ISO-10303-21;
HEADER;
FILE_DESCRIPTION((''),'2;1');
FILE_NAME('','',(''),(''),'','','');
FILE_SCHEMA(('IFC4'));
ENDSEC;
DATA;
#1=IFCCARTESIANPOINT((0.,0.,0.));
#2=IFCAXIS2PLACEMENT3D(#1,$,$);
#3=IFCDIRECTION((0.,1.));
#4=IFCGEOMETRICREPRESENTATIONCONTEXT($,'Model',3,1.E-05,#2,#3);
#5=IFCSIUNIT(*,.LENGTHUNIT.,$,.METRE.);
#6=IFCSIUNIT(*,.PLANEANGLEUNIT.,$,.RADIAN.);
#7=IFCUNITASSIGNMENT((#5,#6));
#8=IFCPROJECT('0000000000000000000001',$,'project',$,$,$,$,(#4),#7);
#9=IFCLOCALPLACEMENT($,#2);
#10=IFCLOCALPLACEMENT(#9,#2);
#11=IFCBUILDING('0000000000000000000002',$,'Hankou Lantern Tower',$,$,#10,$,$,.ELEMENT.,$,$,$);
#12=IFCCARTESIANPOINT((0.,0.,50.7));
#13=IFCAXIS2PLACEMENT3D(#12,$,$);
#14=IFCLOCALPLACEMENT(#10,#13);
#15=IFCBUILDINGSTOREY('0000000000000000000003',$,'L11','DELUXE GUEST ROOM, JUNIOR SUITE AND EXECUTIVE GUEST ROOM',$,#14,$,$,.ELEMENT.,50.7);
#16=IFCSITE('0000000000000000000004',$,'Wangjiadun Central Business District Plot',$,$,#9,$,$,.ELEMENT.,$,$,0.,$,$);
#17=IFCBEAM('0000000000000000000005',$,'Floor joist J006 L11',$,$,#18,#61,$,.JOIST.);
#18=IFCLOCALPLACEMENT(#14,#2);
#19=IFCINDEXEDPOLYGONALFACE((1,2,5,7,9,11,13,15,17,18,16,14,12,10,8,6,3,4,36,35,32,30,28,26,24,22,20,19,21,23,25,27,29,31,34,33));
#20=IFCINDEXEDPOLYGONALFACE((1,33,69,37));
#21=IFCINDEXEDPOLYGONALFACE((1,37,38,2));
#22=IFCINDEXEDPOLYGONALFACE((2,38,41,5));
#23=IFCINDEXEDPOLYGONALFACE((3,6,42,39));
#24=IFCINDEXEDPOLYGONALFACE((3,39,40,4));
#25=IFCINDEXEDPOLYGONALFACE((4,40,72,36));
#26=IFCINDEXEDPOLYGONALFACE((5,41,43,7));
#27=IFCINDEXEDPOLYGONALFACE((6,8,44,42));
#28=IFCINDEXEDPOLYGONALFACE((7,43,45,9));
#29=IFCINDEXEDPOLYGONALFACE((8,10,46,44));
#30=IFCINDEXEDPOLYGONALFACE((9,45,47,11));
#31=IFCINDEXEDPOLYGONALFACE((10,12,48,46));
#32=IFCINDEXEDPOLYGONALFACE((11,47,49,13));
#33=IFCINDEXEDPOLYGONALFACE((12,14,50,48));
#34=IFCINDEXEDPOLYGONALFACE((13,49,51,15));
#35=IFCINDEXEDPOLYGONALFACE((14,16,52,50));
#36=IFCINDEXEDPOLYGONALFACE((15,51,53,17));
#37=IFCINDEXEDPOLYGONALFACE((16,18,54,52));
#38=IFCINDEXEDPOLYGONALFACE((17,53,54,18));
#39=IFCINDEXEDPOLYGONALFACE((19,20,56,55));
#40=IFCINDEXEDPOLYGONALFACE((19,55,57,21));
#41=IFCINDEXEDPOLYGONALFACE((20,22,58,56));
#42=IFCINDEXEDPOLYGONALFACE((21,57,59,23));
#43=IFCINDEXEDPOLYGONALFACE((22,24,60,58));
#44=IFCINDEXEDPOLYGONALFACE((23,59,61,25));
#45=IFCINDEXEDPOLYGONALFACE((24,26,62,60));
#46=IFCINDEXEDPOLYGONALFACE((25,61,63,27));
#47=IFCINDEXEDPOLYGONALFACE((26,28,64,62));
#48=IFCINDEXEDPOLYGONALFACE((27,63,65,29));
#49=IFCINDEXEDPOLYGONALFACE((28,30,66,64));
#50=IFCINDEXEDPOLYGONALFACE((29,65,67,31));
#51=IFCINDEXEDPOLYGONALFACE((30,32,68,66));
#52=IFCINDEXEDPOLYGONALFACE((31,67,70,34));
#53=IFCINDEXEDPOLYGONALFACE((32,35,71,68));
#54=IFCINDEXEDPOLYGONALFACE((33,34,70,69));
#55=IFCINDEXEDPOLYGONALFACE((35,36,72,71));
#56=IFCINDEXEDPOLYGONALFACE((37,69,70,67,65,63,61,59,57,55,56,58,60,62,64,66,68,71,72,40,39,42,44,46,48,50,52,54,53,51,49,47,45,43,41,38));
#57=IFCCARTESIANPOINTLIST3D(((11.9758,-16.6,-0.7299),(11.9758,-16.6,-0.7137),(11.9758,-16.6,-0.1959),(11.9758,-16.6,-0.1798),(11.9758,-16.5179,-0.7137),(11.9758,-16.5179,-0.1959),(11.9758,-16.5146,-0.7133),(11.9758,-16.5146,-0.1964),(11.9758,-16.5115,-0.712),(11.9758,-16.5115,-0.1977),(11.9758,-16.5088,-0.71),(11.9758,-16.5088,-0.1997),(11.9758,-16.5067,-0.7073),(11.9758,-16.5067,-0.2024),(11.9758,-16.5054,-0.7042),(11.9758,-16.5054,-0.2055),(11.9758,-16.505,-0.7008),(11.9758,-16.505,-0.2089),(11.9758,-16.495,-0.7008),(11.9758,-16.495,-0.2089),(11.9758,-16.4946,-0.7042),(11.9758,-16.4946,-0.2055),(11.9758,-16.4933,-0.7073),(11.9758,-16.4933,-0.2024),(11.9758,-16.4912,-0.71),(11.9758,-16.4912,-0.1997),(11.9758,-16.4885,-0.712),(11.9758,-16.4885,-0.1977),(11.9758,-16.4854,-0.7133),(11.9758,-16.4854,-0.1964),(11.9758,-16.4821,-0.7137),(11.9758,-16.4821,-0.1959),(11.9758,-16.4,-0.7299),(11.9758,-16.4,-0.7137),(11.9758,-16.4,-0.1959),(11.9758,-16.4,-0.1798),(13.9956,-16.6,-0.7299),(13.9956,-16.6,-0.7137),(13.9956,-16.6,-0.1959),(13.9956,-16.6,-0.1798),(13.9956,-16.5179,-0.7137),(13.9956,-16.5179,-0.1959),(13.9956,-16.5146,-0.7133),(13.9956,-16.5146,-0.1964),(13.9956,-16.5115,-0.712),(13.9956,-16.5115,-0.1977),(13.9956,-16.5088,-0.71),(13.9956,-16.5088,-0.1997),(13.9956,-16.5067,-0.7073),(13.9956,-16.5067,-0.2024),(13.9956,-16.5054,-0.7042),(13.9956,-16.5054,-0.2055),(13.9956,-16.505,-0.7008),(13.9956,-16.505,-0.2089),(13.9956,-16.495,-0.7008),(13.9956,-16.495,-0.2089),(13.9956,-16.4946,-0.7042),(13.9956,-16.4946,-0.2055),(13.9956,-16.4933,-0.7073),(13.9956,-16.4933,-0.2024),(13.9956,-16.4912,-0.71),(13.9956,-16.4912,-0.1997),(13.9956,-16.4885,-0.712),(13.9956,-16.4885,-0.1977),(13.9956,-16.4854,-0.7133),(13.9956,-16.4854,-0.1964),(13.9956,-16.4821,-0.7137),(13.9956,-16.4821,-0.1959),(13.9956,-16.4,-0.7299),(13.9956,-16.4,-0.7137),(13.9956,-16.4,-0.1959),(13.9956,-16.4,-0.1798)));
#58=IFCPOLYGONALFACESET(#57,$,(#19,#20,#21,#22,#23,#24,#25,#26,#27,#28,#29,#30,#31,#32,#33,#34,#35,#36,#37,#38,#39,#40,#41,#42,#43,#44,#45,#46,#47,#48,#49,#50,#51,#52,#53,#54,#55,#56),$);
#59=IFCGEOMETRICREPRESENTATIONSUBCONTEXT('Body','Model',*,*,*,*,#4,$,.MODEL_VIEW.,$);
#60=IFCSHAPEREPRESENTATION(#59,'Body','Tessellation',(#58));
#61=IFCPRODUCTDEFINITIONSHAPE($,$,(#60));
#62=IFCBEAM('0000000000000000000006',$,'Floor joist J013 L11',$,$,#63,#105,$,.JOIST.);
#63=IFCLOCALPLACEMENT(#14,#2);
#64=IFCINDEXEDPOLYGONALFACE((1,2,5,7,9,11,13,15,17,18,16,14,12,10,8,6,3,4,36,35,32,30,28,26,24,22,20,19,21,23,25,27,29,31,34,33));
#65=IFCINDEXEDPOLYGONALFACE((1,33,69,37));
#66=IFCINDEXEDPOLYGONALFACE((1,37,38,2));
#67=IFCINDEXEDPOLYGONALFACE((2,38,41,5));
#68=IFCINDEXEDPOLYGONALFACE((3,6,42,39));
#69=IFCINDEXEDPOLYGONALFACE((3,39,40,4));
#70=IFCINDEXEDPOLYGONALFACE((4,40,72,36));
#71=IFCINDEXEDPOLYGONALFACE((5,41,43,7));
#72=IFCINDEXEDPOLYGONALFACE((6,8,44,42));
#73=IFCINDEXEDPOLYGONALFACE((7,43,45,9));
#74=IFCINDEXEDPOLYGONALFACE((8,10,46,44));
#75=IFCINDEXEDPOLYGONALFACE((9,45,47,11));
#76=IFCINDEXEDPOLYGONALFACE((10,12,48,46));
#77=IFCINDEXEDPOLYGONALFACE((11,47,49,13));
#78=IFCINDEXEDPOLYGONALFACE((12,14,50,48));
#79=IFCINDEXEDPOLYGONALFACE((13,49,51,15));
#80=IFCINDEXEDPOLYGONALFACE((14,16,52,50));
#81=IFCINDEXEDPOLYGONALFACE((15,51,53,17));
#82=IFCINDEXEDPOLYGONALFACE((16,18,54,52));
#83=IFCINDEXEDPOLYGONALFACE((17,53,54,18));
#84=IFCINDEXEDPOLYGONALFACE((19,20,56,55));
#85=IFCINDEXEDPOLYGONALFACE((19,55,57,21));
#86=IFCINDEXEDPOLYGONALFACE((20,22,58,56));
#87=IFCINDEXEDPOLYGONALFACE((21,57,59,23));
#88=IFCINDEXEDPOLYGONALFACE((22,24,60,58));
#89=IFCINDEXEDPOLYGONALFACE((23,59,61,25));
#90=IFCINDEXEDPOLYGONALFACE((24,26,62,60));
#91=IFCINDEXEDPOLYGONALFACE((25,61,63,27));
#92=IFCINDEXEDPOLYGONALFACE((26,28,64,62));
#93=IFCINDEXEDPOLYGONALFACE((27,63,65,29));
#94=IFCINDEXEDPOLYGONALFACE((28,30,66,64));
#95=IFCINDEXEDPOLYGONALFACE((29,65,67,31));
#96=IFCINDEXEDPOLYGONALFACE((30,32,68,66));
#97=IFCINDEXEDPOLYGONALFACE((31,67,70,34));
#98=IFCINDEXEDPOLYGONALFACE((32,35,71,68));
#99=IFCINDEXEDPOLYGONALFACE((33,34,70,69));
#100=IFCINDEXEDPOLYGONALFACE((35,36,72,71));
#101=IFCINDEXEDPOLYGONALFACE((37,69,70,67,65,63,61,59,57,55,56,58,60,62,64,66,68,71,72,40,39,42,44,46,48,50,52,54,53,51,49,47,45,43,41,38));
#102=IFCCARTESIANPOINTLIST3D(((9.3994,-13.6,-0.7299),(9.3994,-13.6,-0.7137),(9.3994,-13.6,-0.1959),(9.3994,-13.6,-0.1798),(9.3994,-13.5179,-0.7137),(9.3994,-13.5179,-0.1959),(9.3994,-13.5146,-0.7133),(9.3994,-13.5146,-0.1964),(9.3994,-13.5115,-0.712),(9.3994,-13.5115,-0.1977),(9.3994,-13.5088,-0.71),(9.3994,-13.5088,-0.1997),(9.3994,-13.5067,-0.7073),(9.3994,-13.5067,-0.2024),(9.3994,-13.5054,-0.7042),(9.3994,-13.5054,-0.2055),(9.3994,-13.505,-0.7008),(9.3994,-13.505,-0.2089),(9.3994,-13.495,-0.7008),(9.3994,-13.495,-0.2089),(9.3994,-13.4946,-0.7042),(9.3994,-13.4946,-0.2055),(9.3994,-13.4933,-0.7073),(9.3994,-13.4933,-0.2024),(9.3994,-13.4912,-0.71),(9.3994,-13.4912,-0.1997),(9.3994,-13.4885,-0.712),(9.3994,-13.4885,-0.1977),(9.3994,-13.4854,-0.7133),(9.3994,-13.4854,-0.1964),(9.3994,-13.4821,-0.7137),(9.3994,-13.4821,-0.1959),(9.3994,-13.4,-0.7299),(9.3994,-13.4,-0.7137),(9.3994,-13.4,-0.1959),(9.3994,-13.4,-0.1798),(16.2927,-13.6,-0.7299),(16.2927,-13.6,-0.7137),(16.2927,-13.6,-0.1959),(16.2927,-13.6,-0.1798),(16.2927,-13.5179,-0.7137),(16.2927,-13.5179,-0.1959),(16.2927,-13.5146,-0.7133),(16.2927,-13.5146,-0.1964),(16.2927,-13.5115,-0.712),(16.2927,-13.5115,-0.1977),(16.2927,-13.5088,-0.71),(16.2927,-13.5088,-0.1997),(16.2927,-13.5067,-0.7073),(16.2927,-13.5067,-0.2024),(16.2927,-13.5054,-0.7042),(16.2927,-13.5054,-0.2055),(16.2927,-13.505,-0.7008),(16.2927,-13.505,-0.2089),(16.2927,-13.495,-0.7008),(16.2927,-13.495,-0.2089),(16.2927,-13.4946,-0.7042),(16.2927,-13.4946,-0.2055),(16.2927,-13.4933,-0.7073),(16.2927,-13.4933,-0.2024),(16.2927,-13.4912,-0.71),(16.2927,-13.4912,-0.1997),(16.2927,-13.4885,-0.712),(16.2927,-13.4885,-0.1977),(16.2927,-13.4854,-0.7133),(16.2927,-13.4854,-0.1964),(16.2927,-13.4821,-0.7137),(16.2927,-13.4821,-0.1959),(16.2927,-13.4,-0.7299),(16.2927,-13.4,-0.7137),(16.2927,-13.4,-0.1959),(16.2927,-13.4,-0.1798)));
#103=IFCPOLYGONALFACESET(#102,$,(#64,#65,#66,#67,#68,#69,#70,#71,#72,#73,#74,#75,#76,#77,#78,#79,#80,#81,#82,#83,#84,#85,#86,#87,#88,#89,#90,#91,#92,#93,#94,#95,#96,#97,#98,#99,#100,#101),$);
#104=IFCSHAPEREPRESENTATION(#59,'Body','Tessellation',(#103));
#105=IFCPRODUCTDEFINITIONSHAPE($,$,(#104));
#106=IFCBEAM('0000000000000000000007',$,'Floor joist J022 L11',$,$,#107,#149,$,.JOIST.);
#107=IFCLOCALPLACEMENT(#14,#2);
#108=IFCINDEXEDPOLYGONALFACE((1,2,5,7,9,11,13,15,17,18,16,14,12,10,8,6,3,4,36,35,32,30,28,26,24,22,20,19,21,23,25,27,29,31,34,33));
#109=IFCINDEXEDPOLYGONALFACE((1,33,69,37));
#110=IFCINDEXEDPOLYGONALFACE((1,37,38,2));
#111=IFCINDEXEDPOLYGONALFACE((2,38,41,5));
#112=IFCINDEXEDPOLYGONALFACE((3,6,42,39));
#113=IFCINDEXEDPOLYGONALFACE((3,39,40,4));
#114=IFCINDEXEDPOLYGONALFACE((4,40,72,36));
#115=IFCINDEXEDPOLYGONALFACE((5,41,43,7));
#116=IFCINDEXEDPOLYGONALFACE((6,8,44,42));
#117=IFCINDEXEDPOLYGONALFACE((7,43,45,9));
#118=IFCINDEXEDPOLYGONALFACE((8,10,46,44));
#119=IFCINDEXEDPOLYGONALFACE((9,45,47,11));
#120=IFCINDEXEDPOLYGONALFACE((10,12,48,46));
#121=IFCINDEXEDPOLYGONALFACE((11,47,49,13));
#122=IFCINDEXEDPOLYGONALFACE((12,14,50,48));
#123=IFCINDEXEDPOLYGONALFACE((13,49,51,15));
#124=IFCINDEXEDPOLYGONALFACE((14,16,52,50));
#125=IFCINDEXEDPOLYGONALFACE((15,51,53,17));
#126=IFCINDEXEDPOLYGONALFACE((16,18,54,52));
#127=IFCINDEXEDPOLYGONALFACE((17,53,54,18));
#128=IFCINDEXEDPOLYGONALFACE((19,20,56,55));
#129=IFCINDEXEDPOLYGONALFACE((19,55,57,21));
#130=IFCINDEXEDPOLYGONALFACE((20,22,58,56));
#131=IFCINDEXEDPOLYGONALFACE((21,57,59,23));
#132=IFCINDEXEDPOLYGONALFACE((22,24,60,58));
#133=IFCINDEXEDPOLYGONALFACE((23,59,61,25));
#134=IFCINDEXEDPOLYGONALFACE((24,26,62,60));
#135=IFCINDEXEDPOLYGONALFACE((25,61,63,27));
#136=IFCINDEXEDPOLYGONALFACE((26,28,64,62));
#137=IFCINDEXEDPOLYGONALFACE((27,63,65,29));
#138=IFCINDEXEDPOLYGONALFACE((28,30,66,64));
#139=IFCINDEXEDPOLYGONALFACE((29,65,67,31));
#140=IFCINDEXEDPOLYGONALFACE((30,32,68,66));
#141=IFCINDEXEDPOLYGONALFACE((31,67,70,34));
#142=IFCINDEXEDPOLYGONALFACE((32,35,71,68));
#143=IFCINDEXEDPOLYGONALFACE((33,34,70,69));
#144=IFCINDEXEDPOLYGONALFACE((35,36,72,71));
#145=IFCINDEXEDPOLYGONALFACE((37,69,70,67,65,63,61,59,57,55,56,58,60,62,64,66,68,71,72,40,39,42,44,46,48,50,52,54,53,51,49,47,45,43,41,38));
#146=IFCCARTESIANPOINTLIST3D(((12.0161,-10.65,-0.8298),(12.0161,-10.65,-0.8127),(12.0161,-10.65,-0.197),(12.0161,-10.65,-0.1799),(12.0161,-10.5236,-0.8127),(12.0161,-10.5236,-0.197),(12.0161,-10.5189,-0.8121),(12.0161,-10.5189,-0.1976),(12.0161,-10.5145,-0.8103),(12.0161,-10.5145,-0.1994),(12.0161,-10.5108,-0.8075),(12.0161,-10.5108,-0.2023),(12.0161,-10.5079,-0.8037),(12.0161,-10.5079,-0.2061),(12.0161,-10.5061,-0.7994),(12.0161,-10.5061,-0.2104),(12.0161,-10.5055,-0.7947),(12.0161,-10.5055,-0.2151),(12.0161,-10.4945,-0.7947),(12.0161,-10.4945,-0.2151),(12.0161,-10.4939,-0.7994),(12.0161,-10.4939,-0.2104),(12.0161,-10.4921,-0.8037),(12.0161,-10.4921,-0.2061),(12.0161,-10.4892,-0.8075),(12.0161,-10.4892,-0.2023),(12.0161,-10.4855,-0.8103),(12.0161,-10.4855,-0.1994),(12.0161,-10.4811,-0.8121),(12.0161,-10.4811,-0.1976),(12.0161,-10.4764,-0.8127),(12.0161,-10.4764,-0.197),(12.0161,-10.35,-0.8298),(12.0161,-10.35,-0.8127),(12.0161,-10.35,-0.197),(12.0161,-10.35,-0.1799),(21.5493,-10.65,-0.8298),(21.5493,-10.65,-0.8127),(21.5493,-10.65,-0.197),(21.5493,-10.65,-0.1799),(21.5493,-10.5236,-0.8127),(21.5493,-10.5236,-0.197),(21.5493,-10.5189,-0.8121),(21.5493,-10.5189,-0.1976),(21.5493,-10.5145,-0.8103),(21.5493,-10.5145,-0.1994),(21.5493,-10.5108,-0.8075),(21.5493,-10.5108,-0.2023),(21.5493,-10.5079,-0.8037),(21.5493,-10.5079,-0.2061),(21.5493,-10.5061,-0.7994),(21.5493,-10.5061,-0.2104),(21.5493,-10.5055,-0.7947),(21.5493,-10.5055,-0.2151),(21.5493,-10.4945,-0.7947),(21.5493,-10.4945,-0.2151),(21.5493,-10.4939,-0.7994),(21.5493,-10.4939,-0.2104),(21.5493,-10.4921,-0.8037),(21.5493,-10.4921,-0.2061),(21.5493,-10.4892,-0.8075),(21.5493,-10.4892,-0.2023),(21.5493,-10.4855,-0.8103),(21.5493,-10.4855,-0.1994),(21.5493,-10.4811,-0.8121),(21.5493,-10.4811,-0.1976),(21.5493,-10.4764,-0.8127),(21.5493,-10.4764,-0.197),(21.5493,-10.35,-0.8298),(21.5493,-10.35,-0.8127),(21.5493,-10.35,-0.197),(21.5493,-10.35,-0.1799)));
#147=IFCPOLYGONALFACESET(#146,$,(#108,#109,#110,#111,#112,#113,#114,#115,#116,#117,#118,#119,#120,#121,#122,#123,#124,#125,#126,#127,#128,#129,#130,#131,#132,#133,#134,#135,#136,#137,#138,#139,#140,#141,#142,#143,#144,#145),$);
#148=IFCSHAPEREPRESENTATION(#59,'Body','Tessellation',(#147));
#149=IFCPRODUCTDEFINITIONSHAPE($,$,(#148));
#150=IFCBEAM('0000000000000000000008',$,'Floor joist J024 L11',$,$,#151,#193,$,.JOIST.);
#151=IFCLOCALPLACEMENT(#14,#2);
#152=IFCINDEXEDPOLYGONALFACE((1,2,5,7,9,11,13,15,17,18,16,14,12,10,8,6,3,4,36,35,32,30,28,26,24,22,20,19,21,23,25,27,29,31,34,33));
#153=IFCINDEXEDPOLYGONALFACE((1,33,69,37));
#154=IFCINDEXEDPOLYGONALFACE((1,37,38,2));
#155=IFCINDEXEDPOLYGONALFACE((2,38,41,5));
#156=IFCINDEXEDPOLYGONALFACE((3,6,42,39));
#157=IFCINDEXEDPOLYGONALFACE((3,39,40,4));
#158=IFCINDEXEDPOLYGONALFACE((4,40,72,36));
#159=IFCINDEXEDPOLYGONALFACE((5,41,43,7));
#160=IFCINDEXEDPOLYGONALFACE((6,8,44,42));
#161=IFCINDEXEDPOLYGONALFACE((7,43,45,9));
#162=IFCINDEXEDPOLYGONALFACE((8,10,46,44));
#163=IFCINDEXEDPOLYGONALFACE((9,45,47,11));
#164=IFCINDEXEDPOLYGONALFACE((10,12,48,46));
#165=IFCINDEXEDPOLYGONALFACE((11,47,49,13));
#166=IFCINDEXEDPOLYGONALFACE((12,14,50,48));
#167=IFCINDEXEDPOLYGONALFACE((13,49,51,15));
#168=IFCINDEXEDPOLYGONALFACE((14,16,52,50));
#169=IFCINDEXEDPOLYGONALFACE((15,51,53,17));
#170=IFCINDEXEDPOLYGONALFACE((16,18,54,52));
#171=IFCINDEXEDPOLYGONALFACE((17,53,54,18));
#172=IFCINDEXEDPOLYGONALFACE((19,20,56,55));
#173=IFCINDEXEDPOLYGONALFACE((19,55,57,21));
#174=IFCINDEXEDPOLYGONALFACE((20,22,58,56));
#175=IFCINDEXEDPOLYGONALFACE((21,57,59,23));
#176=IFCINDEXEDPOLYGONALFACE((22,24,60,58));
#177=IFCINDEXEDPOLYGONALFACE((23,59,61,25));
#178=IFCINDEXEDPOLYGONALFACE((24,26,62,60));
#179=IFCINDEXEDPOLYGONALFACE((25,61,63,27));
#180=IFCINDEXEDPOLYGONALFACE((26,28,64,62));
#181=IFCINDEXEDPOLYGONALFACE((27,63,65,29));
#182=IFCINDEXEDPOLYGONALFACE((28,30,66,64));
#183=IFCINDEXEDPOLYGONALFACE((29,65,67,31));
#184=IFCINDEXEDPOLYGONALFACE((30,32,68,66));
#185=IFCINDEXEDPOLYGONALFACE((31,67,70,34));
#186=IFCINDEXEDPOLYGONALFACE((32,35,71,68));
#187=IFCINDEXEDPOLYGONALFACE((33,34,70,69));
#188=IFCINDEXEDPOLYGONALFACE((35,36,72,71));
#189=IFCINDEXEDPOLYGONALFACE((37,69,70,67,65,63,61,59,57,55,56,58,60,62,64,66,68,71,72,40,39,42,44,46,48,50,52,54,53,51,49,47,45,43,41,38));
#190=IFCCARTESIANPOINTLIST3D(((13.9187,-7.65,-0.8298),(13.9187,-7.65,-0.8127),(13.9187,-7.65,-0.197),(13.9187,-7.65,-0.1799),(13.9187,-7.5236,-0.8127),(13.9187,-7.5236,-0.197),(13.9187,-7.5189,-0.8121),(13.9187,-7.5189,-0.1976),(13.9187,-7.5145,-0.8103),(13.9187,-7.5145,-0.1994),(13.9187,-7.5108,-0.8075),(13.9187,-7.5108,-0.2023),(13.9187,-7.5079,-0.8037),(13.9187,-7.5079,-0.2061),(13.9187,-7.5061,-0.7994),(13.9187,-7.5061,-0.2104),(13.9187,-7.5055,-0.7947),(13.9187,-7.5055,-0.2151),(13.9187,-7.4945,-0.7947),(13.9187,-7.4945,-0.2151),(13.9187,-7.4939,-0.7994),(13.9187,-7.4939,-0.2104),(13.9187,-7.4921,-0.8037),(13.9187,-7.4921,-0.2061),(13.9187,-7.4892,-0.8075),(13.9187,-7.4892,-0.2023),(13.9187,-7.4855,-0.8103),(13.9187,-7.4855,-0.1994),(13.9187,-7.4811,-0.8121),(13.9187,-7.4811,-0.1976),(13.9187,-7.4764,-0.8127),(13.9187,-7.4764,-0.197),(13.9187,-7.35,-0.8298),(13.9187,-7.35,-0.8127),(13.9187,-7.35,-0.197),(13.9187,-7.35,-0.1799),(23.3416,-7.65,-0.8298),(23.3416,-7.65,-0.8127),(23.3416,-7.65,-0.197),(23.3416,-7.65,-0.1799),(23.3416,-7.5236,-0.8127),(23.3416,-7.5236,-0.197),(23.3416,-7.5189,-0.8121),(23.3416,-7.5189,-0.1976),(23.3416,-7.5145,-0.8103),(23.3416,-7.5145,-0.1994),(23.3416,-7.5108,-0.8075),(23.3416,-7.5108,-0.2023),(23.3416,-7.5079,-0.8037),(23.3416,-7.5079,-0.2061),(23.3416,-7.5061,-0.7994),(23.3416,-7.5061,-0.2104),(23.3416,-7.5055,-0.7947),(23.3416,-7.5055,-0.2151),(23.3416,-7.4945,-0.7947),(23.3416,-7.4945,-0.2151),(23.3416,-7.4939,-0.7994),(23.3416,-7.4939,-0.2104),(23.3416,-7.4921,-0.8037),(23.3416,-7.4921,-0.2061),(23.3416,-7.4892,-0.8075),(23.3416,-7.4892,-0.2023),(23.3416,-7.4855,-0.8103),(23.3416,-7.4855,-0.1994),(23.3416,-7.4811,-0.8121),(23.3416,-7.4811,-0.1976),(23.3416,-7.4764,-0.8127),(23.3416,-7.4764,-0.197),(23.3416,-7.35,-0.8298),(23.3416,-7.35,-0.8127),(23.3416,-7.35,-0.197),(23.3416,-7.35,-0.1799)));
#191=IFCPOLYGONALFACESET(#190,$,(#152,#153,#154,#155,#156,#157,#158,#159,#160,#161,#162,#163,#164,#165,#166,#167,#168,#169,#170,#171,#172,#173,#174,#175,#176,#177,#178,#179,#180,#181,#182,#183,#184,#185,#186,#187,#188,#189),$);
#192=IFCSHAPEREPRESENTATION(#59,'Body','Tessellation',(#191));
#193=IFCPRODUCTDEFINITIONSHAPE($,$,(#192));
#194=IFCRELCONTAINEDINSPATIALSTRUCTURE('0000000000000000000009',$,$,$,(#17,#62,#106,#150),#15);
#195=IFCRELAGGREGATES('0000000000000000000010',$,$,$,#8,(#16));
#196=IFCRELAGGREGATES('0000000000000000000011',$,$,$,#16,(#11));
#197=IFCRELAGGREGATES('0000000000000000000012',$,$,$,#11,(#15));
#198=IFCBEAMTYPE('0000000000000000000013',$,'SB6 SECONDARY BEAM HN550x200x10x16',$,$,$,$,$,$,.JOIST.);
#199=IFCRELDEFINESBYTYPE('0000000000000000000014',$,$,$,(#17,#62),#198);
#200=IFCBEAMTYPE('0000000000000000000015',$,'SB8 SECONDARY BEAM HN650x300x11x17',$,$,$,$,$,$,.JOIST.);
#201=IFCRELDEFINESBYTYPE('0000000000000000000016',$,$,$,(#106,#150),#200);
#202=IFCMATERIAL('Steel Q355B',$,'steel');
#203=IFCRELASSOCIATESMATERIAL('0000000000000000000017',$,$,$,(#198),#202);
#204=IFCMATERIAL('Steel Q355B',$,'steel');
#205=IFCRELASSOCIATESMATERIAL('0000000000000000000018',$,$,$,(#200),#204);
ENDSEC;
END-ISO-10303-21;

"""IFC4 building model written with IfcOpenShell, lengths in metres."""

from ifc_helpers import new_model, si_unit, direction, frame, origin, origin_2d, place, context, subcontext, project, spatial, i_section, extrude, material, material_profile, profile_set, type_object, element, save


model = new_model("IFC4")

# Units and contexts
model_context = context("Model", 3, precision=1e-05, world=origin(), true_north=direction((0.0, 1.0)))
body_context = subcontext(model_context, "Body", "Model", "MODEL_VIEW")
ifc_project = project(units=[si_unit("LENGTHUNIT", "METRE"), si_unit("PLANEANGLEUNIT", "RADIAN")], contexts=[model_context])

# Site, building, storey
site_placement = place(None, origin())
site = spatial("IfcSite", under=ifc_project, at=site_placement, Name="Wangjiadun Central Business District Plot", CompositionType="ELEMENT", RefElevation=0.0)
building_placement = place(site_placement, origin())
building = spatial("IfcBuilding", under=site, at=building_placement, Name="Hankou Lantern Tower", CompositionType="ELEMENT")
storey_placement = place(building_placement, frame((0.0, 0.0, 50.7)))
storey = spatial("IfcBuildingStorey", under=building, at=storey_placement, Name="L11", Description="DELUXE GUEST ROOM, JUNIOR SUITE AND EXECUTIVE GUEST ROOM", CompositionType="ELEMENT", Elevation=50.7)

# Beams
ifc_material_1 = material(Name="Steel Q355B", Category="steel")
ifc_material_profile_1 = material_profile(ifc_material_1, i_section(OverallWidth=0.2, OverallDepth=0.55, WebThickness=0.01, FlangeThickness=0.0161, FilletRadius=0.0129, at=origin_2d()), Name="HN550x200x10x16")
ifc_profile_set_1 = profile_set([ifc_material_profile_1], Name="Steel Q355B")
beam_type_1 = type_object("IfcBeamType", Name="SB6 SECONDARY BEAM HN550x200x10x16", PredefinedType="JOIST", material=ifc_profile_set_1)
beam_1_placement = place(storey_placement, frame((11.9758, -16.5, -0.4548), z_axis=(1.0, 0.0, 0.0), x_axis=(0.0, 1.0, 0.0)))
element("IfcBeam", 1, at=beam_1_placement, inside=storey, type_object=beam_type_1, Name="Floor joist J006 L11", PredefinedType="JOIST", context=body_context, shape_type="SweptSolid", body=[
    extrude(i_section(OverallWidth=0.2, OverallDepth=0.55, WebThickness=0.01, FlangeThickness=0.0161, FilletRadius=0.0129, at=origin_2d()), origin(), (0.0, 0.0, 1.0), 2.0198),
])
beam_2_placement = place(storey_placement, frame((9.3994, -13.5, -0.4548), z_axis=(1.0, 0.0, 0.0), x_axis=(0.0, 1.0, 0.0)))
element("IfcBeam", 2, at=beam_2_placement, inside=storey, type_object=beam_type_1, Name="Floor joist J013 L11", PredefinedType="JOIST", context=body_context, shape_type="SweptSolid", body=[
    extrude(i_section(OverallWidth=0.2, OverallDepth=0.55, WebThickness=0.01, FlangeThickness=0.0161, FilletRadius=0.0129, at=origin_2d()), origin(), (0.0, 0.0, 1.0), 6.8933),
])
ifc_material_2 = material(Name="Steel Q355B", Category="steel")
ifc_material_profile_2 = material_profile(ifc_material_2, i_section(OverallWidth=0.3, OverallDepth=0.6499, WebThickness=0.011, FlangeThickness=0.0171, FilletRadius=0.0181, at=origin_2d()), Name="HN650x300x11x17")
ifc_profile_set_2 = profile_set([ifc_material_profile_2], Name="Steel Q355B")
beam_type_2 = type_object("IfcBeamType", Name="SB8 SECONDARY BEAM HN650x300x11x17", PredefinedType="JOIST", material=ifc_profile_set_2)
beam_3_placement = place(storey_placement, frame((12.0161, -10.5, -0.5049), z_axis=(1.0, 0.0, 0.0), x_axis=(0.0, 1.0, 0.0)))
element("IfcBeam", 3, at=beam_3_placement, inside=storey, type_object=beam_type_2, Name="Floor joist J022 L11", PredefinedType="JOIST", context=body_context, shape_type="SweptSolid", body=[
    extrude(i_section(OverallWidth=0.3, OverallDepth=0.6499, WebThickness=0.011, FlangeThickness=0.0171, FilletRadius=0.0181, at=origin_2d()), origin(), (0.0, 0.0, 1.0), 9.5332),
])
beam_4_placement = place(storey_placement, frame((13.9187, -7.5, -0.5049), z_axis=(1.0, 0.0, 0.0), x_axis=(0.0, 1.0, 0.0)))
element("IfcBeam", 4, at=beam_4_placement, inside=storey, type_object=beam_type_2, Name="Floor joist J024 L11", PredefinedType="JOIST", context=body_context, shape_type="SweptSolid", body=[
    extrude(i_section(OverallWidth=0.3, OverallDepth=0.6499, WebThickness=0.011, FlangeThickness=0.0171, FilletRadius=0.0181, at=origin_2d()), origin(), (0.0, 0.0, 1.0), 9.4229),
])

save(model, "model.ifc")
